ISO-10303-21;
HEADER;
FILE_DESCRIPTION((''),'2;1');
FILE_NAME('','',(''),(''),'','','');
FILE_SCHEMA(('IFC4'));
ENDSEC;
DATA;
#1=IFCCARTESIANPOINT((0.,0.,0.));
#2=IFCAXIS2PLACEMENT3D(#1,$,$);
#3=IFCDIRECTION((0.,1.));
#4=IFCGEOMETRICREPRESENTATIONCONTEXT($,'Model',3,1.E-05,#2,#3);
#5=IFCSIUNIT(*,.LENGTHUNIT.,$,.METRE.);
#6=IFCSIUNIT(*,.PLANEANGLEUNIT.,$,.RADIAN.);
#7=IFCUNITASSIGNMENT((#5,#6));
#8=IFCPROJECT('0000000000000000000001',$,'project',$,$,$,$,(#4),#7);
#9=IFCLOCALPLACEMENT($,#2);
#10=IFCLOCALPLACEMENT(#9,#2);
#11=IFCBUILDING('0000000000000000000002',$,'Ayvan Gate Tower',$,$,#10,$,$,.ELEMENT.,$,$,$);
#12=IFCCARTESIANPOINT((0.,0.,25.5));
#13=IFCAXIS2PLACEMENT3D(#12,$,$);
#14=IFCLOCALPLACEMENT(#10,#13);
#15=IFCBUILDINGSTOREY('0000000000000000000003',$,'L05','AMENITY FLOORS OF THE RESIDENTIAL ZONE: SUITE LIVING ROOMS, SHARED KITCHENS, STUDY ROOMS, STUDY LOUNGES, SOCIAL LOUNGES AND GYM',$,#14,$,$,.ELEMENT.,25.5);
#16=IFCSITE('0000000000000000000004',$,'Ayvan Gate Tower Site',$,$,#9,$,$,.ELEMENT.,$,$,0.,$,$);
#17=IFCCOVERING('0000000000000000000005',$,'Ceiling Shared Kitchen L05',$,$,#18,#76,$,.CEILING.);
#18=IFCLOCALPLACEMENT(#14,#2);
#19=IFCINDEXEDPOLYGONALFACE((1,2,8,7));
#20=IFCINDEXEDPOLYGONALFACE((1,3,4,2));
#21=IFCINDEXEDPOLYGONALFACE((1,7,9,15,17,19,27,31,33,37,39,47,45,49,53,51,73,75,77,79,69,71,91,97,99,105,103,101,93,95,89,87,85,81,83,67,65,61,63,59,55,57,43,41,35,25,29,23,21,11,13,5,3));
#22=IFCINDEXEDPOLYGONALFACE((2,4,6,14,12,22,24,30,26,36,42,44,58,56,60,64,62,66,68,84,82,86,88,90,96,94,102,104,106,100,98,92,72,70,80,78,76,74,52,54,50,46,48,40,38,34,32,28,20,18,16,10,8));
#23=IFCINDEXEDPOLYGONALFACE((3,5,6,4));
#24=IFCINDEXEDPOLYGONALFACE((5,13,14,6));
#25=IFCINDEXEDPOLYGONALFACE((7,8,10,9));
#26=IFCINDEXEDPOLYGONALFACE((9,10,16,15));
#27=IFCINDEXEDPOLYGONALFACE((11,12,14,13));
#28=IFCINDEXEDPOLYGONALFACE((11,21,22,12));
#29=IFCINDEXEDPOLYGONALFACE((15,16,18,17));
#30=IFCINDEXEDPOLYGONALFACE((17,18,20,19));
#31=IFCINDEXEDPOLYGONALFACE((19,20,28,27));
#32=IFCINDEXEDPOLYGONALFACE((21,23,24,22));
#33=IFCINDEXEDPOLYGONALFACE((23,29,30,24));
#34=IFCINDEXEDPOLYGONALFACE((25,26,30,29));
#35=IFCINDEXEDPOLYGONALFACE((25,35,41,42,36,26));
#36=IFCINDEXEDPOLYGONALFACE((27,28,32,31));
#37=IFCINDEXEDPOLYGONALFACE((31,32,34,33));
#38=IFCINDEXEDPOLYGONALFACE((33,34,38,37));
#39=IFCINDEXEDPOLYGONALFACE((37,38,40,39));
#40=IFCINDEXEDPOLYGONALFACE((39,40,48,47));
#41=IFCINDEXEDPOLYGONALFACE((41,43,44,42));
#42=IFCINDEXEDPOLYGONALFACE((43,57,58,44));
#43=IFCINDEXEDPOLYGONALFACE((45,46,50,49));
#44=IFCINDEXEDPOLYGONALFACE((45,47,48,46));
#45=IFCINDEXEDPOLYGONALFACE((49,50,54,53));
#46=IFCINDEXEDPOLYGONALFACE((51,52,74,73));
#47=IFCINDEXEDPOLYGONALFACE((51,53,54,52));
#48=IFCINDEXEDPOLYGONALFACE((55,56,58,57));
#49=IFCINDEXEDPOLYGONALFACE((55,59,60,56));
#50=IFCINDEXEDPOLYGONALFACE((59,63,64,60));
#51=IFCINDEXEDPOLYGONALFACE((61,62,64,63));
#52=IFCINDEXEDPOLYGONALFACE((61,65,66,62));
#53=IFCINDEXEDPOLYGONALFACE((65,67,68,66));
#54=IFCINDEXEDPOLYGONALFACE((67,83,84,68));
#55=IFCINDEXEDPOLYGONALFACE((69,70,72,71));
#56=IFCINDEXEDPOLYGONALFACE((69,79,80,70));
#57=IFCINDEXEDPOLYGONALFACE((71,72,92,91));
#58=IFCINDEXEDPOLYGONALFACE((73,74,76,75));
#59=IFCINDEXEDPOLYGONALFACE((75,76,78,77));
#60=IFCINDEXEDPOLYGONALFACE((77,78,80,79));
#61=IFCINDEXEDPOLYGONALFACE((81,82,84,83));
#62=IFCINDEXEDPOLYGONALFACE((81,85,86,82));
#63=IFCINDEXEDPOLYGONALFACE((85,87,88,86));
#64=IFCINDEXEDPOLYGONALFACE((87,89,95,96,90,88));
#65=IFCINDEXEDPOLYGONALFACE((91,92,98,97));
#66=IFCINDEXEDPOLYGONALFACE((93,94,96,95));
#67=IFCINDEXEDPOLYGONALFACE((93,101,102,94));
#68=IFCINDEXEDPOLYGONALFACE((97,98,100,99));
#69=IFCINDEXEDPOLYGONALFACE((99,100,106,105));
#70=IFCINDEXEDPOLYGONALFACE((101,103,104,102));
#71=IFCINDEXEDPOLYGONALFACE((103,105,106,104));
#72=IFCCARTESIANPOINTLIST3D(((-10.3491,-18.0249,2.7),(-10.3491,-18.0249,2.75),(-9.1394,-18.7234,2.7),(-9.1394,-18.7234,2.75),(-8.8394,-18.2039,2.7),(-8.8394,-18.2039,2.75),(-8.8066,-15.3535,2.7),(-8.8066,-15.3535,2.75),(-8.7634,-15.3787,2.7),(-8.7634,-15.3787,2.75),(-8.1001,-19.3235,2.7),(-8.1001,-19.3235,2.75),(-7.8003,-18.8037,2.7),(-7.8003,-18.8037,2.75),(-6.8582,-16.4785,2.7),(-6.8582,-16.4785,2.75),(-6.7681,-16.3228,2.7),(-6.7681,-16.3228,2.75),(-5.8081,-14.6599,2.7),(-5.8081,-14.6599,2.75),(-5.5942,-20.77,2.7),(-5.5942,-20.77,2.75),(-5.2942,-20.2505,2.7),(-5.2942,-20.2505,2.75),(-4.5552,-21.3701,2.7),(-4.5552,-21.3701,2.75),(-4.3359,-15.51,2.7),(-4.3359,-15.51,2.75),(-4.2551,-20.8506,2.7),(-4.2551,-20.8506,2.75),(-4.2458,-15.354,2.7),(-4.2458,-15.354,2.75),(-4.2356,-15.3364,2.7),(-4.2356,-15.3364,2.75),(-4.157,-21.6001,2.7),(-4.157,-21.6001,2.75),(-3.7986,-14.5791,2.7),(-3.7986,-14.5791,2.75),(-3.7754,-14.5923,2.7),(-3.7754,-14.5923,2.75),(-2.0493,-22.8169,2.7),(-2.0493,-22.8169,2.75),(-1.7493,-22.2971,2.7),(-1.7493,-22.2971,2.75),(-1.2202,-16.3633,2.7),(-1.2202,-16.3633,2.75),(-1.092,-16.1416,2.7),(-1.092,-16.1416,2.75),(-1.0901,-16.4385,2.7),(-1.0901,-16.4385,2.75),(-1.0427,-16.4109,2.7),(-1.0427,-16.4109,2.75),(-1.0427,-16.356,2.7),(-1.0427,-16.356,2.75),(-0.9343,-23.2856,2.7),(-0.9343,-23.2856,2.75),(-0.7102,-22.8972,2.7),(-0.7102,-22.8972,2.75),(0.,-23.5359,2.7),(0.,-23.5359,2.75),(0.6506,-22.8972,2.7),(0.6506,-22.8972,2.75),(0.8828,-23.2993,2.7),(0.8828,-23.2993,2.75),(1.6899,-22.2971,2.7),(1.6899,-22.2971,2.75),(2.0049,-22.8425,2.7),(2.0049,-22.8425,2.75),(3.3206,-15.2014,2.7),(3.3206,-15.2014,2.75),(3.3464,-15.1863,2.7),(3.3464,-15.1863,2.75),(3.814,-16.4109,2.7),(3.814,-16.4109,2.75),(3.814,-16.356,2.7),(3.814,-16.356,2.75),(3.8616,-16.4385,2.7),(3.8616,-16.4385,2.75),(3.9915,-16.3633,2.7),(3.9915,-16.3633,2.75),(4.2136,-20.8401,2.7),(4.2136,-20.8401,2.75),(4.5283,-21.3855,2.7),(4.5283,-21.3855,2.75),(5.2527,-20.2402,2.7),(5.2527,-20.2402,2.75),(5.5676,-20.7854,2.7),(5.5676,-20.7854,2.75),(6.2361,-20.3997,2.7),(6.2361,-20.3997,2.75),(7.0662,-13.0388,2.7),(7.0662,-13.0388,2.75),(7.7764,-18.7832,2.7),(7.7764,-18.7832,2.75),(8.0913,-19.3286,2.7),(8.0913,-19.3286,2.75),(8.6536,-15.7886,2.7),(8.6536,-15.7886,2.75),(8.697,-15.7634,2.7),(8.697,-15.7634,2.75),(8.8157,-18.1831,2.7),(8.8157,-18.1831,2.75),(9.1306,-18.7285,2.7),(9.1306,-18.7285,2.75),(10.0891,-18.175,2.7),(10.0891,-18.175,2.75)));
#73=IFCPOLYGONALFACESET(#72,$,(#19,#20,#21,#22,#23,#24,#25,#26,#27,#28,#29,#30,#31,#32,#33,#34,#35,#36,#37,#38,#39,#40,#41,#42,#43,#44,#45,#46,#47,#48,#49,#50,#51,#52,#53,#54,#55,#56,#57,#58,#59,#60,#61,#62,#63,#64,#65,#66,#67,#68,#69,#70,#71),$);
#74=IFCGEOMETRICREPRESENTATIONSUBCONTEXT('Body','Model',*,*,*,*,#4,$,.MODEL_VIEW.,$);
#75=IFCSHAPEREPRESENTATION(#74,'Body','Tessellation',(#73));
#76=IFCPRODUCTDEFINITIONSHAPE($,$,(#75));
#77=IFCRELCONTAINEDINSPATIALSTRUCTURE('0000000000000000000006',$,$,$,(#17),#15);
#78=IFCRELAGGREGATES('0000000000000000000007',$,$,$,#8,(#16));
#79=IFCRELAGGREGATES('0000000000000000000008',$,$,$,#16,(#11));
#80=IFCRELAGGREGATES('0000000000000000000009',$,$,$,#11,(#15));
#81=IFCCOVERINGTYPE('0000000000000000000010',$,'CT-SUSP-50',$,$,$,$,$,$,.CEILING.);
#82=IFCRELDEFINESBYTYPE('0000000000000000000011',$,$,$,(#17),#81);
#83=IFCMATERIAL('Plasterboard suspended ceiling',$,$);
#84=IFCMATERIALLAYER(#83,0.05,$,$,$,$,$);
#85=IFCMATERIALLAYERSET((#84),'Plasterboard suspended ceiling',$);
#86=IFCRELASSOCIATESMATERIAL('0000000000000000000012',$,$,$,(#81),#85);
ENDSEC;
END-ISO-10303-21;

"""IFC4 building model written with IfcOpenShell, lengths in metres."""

from ifc_helpers import new_model, si_unit, direction, frame, origin, place, context, subcontext, project, spatial, polyline, outline, extrude, material, layer, layer_set, type_object, element, save


model = new_model("IFC4")

# Units and contexts
model_context = context("Model", 3, precision=1e-05, world=origin(), true_north=direction((0.0, 1.0)))
body_context = subcontext(model_context, "Body", "Model", "MODEL_VIEW")
ifc_project = project(units=[si_unit("LENGTHUNIT", "METRE"), si_unit("PLANEANGLEUNIT", "RADIAN")], contexts=[model_context])

# Site, building, storey
site_placement = place(None, origin())
site = spatial("IfcSite", under=ifc_project, at=site_placement, Name="Ayvan Gate Tower Site", CompositionType="ELEMENT", RefElevation=0.0)
building_placement = place(site_placement, origin())
building = spatial("IfcBuilding", under=site, at=building_placement, Name="Ayvan Gate Tower", CompositionType="ELEMENT")
storey_placement = place(building_placement, frame((0.0, 0.0, 25.5)))
storey = spatial("IfcBuildingStorey", under=building, at=storey_placement, Name="L05", Description="AMENITY FLOORS OF THE RESIDENTIAL ZONE: SUITE LIVING ROOMS, SHARED KITCHENS, STUDY ROOMS, STUDY LOUNGES, SOCIAL LOUNGES AND GYM", CompositionType="ELEMENT", Elevation=25.5)

# Covering
ifc_material_1 = material(Name="Plasterboard suspended ceiling")
ifc_layer_1 = layer(ifc_material_1, 0.05)
ifc_layer_set_1 = layer_set([ifc_layer_1], Name="Plasterboard suspended ceiling")
covering_type = type_object("IfcCoveringType", Name="CT-SUSP-50", PredefinedType="CEILING", material=ifc_layer_set_1)
covering_1_placement = place(storey_placement, frame((0.0, 0.0, 2.7)))
element("IfcCovering", 1, at=covering_1_placement, inside=storey, type_object=covering_type, Name="Ceiling Shared Kitchen L05", PredefinedType="CEILING", context=body_context, shape_type="SweptSolid", body=[
    extrude(outline(polyline([(-6.8582, -16.4785), (-6.7681, -16.3228), (-5.8081, -14.6599), (-4.3359, -15.51), (-4.2458, -15.354), (-4.2356, -15.3364), (-3.7986, -14.5791), (-3.7754, -14.5923), (-1.092, -16.1416), (-1.2202, -16.3633), (-1.0901, -16.4385), (-1.0427, -16.356), (-1.0427, -16.4109), (3.814, -16.4109), (3.814, -16.356), (3.8616, -16.4385), (3.9915, -16.3633), (3.3206, -15.2014), (3.3464, -15.1863), (7.0662, -13.0388), (8.6536, -15.7886), (8.697, -15.7634), (10.0891, -18.175), (9.1306, -18.7285), (8.8157, -18.1831), (7.7764, -18.7832), (8.0913, -19.3286), (6.2361, -20.3997), (5.5676, -20.7854), (5.2527, -20.2402), (4.2136, -20.8401), (4.5283, -21.3855), (2.0049, -22.8425), (1.6899, -22.2971), (0.6506, -22.8972), (0.8828, -23.2993), (0.0, -23.5359), (-0.9343, -23.2856), (-0.7102, -22.8972), (-1.7493, -22.2971), (-2.0493, -22.8169), (-4.157, -21.6001), (-4.5552, -21.3701), (-4.2551, -20.8506), (-5.2942, -20.2505), (-5.5942, -20.77), (-8.1001, -19.3235), (-7.8003, -18.8037), (-8.8394, -18.2039), (-9.1394, -18.7234), (-10.3491, -18.0249), (-8.8066, -15.3535), (-8.7634, -15.3787), (-6.8582, -16.4785)])), origin(), (0.0, 0.0, 1.0), 0.05),
])

save(model, "model.ifc")
